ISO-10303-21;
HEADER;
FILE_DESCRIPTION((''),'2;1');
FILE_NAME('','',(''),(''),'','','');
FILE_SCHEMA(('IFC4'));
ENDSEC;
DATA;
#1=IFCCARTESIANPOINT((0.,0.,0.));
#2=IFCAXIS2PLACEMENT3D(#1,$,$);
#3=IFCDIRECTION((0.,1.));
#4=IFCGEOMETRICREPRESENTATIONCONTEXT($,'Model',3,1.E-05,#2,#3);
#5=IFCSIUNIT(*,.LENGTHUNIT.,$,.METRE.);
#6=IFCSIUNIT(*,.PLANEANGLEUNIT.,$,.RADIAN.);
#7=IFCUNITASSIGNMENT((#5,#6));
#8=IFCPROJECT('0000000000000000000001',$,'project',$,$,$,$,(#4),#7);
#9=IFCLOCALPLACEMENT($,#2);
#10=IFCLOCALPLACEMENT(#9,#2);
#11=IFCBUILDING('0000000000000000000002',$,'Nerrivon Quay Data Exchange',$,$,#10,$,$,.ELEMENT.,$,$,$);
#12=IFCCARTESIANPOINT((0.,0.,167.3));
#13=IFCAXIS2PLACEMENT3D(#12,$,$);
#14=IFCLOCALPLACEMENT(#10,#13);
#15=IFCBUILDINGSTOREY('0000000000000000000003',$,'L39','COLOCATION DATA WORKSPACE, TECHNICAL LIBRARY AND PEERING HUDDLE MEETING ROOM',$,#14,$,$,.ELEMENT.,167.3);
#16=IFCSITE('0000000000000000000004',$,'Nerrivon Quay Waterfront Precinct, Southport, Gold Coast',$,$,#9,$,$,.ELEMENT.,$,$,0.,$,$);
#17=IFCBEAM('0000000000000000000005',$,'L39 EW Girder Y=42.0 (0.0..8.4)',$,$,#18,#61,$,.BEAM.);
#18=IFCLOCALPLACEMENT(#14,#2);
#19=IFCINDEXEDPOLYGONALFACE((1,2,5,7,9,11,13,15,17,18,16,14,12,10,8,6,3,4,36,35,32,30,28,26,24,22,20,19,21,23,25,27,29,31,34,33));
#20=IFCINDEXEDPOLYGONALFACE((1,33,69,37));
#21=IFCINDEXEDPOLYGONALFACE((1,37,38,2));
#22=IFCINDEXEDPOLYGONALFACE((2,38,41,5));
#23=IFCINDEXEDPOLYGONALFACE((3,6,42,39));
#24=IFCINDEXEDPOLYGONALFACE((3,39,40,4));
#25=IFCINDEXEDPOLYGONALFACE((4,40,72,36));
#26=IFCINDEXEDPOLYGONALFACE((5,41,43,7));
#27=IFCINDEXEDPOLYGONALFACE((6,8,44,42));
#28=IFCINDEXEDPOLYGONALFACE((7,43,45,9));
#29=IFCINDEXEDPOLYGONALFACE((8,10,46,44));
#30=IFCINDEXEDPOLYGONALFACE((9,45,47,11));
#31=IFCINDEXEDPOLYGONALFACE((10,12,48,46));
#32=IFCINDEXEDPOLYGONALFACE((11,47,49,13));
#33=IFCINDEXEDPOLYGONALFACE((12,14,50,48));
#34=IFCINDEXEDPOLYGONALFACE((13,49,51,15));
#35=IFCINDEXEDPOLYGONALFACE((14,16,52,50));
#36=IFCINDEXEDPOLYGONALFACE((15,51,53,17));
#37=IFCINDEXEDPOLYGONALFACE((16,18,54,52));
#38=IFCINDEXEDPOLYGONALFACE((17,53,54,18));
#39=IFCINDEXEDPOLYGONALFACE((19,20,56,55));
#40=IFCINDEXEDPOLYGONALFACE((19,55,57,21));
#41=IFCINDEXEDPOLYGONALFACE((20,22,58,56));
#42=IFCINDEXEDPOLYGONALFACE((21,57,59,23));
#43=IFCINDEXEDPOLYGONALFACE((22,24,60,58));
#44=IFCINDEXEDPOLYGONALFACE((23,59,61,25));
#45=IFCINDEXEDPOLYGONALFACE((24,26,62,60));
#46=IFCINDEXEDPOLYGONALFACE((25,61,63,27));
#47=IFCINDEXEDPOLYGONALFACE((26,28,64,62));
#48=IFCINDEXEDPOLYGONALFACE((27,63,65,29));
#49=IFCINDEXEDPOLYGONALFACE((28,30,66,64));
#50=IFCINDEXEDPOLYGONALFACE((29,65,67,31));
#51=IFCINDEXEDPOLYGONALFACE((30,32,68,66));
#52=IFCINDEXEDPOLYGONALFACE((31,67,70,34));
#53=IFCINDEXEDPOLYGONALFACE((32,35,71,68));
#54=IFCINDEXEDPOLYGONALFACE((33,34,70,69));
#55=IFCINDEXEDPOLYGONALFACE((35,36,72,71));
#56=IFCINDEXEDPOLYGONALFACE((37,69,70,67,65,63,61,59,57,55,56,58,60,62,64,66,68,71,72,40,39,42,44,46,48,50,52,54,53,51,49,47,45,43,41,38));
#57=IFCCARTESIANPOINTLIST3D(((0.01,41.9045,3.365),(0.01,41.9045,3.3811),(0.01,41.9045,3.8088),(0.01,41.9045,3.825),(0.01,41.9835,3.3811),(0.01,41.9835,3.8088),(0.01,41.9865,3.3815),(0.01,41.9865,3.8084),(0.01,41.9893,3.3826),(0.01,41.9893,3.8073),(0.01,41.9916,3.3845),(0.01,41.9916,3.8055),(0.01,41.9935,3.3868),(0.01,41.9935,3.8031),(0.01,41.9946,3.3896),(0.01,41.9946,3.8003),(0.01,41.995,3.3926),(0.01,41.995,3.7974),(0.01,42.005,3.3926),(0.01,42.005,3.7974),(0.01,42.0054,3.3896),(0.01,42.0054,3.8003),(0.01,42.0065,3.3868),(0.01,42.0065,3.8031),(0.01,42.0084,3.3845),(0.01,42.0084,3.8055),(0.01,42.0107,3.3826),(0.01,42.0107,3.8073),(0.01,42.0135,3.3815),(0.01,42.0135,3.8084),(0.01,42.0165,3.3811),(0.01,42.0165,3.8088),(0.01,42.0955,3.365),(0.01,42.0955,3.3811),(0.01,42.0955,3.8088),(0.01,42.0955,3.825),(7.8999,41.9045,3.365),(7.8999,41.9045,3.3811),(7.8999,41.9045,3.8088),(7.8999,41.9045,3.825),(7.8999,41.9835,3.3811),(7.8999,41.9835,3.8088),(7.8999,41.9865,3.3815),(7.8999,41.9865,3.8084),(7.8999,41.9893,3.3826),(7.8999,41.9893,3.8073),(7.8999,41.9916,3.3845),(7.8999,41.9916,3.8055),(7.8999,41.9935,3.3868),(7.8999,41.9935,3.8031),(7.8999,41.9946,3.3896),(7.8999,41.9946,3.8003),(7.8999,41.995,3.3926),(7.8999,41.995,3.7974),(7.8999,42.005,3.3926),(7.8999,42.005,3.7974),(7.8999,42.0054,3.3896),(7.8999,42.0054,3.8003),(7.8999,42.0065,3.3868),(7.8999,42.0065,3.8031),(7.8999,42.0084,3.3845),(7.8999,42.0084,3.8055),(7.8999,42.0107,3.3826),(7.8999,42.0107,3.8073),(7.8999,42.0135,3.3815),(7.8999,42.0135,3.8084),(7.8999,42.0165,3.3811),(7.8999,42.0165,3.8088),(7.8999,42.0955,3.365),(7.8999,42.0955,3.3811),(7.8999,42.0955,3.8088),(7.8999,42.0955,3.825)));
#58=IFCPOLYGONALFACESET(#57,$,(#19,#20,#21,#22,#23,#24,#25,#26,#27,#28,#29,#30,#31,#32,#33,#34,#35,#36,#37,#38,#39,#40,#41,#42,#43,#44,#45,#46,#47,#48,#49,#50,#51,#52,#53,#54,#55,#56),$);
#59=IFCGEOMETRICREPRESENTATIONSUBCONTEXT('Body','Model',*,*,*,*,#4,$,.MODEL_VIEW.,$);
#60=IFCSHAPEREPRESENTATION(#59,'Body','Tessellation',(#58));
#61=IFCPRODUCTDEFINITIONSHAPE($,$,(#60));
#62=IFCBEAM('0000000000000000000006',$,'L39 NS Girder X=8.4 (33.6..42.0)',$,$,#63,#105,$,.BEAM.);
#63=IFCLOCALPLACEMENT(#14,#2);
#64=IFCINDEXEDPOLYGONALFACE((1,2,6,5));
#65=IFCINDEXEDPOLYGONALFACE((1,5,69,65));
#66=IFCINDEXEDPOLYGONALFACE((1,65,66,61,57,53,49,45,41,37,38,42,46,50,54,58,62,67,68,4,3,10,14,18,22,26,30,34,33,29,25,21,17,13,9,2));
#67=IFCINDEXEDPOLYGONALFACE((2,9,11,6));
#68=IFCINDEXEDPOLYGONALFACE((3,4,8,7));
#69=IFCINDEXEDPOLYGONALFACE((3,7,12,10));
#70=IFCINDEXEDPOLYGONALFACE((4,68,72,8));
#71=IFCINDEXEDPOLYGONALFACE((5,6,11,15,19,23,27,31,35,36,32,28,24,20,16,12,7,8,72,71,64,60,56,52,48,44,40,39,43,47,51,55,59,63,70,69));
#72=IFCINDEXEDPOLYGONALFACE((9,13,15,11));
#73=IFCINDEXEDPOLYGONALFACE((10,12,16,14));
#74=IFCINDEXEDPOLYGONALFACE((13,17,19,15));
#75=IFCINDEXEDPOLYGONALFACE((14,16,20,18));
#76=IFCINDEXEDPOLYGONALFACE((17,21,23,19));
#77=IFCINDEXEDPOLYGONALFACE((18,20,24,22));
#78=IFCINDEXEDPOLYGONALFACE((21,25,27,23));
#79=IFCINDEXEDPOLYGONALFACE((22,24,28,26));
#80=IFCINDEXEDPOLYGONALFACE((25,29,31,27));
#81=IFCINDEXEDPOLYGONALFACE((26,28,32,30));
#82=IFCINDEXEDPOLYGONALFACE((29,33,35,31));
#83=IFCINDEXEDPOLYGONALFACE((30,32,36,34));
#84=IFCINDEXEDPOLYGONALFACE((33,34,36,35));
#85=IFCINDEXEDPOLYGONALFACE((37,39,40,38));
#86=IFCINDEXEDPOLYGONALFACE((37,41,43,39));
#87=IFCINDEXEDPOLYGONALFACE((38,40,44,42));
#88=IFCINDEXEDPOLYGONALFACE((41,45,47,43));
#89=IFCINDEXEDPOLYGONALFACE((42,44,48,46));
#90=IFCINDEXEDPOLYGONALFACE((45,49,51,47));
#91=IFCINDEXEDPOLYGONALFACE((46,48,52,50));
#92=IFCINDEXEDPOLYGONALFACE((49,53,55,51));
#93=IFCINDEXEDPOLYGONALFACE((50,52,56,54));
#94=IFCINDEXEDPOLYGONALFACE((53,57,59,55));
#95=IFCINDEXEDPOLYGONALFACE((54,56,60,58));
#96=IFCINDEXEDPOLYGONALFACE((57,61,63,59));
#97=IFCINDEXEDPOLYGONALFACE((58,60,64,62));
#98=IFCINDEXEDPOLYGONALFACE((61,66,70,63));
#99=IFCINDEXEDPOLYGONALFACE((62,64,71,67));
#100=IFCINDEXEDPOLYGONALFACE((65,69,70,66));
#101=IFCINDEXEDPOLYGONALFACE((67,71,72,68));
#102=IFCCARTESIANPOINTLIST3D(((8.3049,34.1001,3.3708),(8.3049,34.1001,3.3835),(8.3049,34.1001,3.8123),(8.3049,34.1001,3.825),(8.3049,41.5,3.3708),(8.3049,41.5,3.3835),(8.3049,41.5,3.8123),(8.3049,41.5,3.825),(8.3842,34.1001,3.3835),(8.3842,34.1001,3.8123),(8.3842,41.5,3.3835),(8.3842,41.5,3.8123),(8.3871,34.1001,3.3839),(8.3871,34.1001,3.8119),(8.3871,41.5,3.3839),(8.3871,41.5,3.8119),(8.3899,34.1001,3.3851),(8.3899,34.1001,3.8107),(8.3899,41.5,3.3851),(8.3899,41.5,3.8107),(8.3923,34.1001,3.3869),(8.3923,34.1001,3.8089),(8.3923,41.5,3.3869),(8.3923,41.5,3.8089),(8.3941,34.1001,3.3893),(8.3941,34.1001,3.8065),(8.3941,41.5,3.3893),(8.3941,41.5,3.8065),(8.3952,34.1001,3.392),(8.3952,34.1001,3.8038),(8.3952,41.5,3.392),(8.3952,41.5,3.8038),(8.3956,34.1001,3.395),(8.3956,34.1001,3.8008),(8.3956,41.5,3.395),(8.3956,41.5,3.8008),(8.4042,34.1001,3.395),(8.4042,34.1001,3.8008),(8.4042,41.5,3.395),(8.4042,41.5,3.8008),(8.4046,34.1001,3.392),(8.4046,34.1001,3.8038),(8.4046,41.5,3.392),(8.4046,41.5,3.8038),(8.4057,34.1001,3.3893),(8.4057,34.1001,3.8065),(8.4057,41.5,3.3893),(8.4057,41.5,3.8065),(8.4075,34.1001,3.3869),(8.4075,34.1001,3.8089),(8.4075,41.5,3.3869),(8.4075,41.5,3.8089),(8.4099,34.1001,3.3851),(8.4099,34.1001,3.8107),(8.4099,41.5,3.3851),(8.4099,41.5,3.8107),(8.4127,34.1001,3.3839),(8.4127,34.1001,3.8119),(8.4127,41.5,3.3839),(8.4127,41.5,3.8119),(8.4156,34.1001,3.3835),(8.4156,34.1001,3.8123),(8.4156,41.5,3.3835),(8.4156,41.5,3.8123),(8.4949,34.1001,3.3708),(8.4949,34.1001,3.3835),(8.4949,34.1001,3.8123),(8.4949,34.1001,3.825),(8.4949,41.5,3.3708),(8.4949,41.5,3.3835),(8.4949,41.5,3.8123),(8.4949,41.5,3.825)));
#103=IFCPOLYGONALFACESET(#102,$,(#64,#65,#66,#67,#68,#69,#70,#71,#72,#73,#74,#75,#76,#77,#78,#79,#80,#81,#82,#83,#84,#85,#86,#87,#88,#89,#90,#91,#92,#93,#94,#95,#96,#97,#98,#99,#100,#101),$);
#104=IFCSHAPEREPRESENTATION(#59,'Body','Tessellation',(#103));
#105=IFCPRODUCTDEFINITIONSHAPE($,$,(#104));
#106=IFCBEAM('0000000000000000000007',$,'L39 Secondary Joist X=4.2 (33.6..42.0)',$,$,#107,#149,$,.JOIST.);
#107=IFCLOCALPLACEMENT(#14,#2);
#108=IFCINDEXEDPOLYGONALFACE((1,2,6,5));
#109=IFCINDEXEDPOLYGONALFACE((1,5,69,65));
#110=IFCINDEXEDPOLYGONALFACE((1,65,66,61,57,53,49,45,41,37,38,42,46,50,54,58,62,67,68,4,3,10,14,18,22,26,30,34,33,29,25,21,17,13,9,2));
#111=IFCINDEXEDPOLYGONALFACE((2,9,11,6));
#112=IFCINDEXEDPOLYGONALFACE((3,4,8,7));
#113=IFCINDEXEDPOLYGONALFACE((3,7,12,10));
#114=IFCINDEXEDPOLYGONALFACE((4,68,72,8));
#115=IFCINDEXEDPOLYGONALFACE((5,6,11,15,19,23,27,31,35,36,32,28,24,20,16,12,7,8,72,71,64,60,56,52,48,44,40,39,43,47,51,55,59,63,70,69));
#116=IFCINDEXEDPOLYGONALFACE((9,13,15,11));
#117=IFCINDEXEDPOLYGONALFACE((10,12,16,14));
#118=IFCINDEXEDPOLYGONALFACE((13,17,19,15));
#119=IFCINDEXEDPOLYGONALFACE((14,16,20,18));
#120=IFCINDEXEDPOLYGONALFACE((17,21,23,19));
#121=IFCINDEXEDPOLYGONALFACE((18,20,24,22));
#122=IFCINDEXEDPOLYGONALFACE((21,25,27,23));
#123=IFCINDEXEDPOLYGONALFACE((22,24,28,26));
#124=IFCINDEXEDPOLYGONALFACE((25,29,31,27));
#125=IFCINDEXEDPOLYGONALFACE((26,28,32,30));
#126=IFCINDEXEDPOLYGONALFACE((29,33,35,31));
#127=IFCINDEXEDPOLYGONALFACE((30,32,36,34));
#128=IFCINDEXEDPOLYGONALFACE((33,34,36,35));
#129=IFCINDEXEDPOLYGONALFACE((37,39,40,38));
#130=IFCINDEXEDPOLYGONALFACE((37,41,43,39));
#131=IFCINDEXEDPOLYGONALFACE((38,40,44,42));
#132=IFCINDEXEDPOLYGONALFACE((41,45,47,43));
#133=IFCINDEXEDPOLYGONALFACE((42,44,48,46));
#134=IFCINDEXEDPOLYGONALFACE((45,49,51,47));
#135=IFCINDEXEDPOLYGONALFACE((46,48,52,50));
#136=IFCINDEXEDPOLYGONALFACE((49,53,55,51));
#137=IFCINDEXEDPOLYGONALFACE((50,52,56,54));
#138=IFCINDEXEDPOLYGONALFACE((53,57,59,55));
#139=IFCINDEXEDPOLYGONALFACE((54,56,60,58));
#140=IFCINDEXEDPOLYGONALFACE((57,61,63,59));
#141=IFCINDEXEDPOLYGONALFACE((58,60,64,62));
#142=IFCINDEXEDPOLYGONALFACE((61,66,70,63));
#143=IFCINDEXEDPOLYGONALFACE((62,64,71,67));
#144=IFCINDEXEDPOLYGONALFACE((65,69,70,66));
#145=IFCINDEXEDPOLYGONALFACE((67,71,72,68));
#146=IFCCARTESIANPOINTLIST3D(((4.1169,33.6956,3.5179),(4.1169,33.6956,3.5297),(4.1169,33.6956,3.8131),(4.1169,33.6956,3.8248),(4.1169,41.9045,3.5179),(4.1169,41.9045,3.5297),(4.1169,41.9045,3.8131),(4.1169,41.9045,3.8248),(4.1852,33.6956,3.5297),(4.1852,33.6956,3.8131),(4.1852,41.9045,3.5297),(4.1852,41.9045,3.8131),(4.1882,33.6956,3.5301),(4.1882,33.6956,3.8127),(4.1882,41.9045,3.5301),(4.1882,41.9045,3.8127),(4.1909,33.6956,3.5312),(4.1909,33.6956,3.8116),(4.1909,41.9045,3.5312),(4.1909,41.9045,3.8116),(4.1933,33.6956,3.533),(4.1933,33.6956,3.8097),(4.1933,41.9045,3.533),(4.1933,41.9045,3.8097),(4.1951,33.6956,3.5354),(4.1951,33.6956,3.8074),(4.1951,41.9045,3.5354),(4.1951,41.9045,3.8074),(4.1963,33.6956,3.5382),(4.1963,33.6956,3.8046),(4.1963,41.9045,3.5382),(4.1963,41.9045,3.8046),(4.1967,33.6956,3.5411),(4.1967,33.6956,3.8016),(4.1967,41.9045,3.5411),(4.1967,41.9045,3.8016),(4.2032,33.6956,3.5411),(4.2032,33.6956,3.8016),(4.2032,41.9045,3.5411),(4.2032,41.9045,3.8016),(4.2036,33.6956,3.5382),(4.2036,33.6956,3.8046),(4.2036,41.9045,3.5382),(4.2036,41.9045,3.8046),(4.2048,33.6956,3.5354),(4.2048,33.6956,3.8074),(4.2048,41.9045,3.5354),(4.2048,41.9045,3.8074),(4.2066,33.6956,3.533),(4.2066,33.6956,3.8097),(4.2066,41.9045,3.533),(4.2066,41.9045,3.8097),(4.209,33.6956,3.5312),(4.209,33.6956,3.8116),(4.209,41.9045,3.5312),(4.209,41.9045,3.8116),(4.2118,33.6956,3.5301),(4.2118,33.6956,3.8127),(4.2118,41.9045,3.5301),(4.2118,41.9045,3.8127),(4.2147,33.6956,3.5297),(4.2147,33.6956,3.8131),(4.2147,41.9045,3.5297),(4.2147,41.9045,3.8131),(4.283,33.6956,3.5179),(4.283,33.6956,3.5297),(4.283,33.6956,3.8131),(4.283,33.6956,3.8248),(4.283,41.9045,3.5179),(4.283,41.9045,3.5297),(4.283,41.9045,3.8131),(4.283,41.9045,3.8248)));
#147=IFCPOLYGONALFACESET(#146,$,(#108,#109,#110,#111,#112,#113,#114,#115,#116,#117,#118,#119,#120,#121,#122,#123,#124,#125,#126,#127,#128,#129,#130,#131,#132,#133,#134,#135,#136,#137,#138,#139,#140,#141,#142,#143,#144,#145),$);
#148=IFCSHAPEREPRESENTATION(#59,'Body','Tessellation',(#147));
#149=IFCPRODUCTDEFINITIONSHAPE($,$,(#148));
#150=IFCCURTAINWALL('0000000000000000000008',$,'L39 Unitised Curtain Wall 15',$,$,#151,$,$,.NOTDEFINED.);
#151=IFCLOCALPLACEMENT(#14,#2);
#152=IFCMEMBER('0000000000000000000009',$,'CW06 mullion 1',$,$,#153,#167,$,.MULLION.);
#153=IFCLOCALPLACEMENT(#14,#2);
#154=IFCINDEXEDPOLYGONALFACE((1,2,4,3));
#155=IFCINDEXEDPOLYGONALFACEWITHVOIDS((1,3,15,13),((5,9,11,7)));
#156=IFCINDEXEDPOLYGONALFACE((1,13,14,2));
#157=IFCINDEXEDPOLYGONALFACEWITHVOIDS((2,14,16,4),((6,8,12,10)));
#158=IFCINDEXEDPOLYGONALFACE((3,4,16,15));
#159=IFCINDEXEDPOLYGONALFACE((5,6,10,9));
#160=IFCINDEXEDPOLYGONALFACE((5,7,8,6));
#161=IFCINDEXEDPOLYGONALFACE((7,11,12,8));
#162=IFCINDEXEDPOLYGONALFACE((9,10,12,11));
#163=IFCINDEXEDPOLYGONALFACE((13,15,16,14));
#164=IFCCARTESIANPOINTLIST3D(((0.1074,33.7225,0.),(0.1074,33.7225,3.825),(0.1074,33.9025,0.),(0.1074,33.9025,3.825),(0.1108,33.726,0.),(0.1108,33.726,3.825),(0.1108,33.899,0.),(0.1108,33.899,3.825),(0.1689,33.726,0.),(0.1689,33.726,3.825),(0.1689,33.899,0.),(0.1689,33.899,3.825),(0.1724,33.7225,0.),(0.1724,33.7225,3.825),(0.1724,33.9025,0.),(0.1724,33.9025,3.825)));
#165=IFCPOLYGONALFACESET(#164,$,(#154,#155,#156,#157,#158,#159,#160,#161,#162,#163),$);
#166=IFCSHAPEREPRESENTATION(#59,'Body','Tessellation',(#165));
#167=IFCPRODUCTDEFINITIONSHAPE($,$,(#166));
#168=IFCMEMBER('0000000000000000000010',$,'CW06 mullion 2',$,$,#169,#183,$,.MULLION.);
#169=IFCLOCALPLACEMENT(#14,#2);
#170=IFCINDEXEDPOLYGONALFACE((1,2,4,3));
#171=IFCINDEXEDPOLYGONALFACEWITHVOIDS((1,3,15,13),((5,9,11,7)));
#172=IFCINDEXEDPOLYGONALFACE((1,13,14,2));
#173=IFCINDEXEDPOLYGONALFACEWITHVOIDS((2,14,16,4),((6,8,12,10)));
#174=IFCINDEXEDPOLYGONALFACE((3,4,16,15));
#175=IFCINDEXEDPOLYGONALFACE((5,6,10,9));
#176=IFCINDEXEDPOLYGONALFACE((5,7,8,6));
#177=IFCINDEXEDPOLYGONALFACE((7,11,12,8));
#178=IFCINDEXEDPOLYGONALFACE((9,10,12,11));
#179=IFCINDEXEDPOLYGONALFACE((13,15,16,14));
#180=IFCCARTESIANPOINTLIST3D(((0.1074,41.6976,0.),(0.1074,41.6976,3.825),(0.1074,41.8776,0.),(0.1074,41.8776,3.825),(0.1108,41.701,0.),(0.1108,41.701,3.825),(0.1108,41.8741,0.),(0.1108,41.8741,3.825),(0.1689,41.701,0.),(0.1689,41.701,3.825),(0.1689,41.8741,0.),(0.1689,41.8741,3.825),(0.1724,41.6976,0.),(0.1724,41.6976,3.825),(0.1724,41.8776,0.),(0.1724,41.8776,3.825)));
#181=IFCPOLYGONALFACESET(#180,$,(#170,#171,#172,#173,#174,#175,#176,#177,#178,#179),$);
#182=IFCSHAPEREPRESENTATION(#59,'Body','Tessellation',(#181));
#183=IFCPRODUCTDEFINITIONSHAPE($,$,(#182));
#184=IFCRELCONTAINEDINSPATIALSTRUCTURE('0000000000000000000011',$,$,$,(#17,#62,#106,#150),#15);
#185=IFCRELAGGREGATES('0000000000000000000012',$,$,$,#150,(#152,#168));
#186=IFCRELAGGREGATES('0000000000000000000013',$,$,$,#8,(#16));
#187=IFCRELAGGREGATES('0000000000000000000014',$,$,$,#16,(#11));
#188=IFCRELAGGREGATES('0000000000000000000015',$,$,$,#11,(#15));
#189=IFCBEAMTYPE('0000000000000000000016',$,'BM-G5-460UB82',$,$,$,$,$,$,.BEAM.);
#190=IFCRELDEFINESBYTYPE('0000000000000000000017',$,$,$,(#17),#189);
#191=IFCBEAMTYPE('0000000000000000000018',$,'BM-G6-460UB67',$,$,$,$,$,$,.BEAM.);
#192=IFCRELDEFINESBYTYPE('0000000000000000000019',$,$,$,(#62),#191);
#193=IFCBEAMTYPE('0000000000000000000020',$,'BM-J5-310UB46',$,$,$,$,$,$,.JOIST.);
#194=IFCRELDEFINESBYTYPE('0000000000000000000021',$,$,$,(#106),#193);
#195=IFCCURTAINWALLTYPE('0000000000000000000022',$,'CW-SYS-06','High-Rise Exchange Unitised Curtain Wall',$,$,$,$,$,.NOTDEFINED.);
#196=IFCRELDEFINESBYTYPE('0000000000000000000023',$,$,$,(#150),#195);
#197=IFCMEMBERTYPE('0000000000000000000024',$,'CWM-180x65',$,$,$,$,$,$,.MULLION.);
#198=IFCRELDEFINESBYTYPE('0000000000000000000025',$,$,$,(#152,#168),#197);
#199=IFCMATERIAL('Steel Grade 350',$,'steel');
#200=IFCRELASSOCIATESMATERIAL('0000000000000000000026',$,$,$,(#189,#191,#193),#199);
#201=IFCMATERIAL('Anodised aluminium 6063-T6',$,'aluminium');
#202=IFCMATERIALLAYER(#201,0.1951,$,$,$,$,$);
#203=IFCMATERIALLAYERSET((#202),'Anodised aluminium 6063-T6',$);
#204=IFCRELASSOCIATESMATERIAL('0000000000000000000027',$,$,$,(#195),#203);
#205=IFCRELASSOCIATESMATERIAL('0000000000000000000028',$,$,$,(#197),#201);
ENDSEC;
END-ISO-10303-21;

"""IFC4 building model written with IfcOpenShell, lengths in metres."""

from ifc_helpers import new_model, si_unit, direction, frame, origin, origin_2d, place, context, subcontext, project, spatial, hollow_rectangle, i_section, extrude, material, layer, layer_set, material_profile, profile_set, type_object, element, aggregate, save


model = new_model("IFC4")

# Units and contexts
model_context = context("Model", 3, precision=1e-05, world=origin(), true_north=direction((0.0, 1.0)))
body_context = subcontext(model_context, "Body", "Model", "MODEL_VIEW")
ifc_project = project(units=[si_unit("LENGTHUNIT", "METRE"), si_unit("PLANEANGLEUNIT", "RADIAN")], contexts=[model_context])

# Site, building, storey
site_placement = place(None, origin())
site = spatial("IfcSite", under=ifc_project, at=site_placement, Name="Nerrivon Quay Waterfront Precinct, Southport, Gold Coast", CompositionType="ELEMENT", RefElevation=0.0)
building_placement = place(site_placement, origin())
building = spatial("IfcBuilding", under=site, at=building_placement, Name="Nerrivon Quay Data Exchange", CompositionType="ELEMENT")
storey_placement = place(building_placement, frame((0.0, 0.0, 167.3)))
storey = spatial("IfcBuildingStorey", under=building, at=storey_placement, Name="L39", Description="COLOCATION DATA WORKSPACE, TECHNICAL LIBRARY AND PEERING HUDDLE MEETING ROOM", CompositionType="ELEMENT", Elevation=167.3)

# Shared definitions
ifc_material_1 = material(Name="Steel Grade 350", Category="steel")

# Beams
ifc_material_profile_1 = material_profile(ifc_material_1, i_section(OverallWidth=0.1909, OverallDepth=0.46, WebThickness=0.01, FlangeThickness=0.0161, FilletRadius=0.0115, at=origin_2d()), Name="460UB82.1")
ifc_profile_set_1 = profile_set([ifc_material_profile_1], Name="Steel Grade 350")
beam_type_1 = type_object("IfcBeamType", Name="BM-G5-460UB82", PredefinedType="BEAM", material=ifc_profile_set_1)
for number, where, z_axis, x_axis, name in (
    (1, (0.01, 42.0, 3.595), (1.0, 0.0, 0.0), (0.0, 1.0, 0.0), "L39 EW Girder Y=42.0 (0.0..8.4)"),
):
    element("IfcBeam", number, at=place(storey_placement, frame(where, z_axis=z_axis, x_axis=x_axis)), inside=storey, type_object=beam_type_1, Name=name, PredefinedType="BEAM", context=body_context, shape_type="SweptSolid", body=[
        extrude(i_section(OverallWidth=0.1909, OverallDepth=0.46, WebThickness=0.01, FlangeThickness=0.0161, FilletRadius=0.0115, at=origin_2d()), origin(), (0.0, 0.0, 1.0), 7.8899),
    ])
ifc_material_profile_2 = material_profile(ifc_material_1, i_section(OverallWidth=0.1899, OverallDepth=0.4541, WebThickness=0.0085, FlangeThickness=0.0127, FilletRadius=0.0115, at=origin_2d()), Name="460UB67.1")
ifc_profile_set_2 = profile_set([ifc_material_profile_2], Name="Steel Grade 350")
beam_type_2 = type_object("IfcBeamType", Name="BM-G6-460UB67", PredefinedType="BEAM", material=ifc_profile_set_2)
beam_1_placement = place(storey_placement, frame((8.3999, 34.1001, 3.5979), z_axis=(0.0, 1.0, 0.0), x_axis=(-1.0, 0.0, 0.0)))
element("IfcBeam", 2, at=beam_1_placement, inside=storey, type_object=beam_type_2, Name="L39 NS Girder X=8.4 (33.6..42.0)", PredefinedType="BEAM", context=body_context, shape_type="SweptSolid", body=[
    extrude(i_section(OverallWidth=0.1899, OverallDepth=0.4541, WebThickness=0.0085, FlangeThickness=0.0127, FilletRadius=0.0115, at=origin_2d()), origin(), (0.0, 0.0, 1.0), 7.3999),
])
ifc_material_profile_3 = material_profile(ifc_material_1, i_section(OverallWidth=0.166, OverallDepth=0.3069, WebThickness=0.0066, FlangeThickness=0.0117, FilletRadius=0.0115, at=origin_2d()), Name="310UB46.2")
ifc_profile_set_3 = profile_set([ifc_material_profile_3], Name="Steel Grade 350")
beam_type_3 = type_object("IfcBeamType", Name="BM-J5-310UB46", PredefinedType="JOIST", material=ifc_profile_set_3)
beam_2_placement = place(storey_placement, frame((4.2, 33.6956, 3.6714), z_axis=(0.0, 1.0, 0.0), x_axis=(-1.0, 0.0, 0.0)))
element("IfcBeam", 3, at=beam_2_placement, inside=storey, type_object=beam_type_3, Name="L39 Secondary Joist X=4.2 (33.6..42.0)", PredefinedType="JOIST", context=body_context, shape_type="SweptSolid", body=[
    extrude(i_section(OverallWidth=0.166, OverallDepth=0.3069, WebThickness=0.0066, FlangeThickness=0.0117, FilletRadius=0.0115, at=origin_2d()), origin(), (0.0, 0.0, 1.0), 8.209),
])

# Curtain wall, members
ifc_material_2 = material(Name="Anodised aluminium 6063-T6", Category="aluminium")
ifc_layer_1 = layer(ifc_material_2, 0.1951)
ifc_layer_set_1 = layer_set([ifc_layer_1], Name="Anodised aluminium 6063-T6")
curtain_wall_type = type_object("IfcCurtainWallType", Name="CW-SYS-06", Description="High-Rise Exchange Unitised Curtain Wall", PredefinedType="NOTDEFINED", material=ifc_layer_set_1)
curtain_wall_placement = place(storey_placement, origin())
curtain_wall = element("IfcCurtainWall", 4, at=curtain_wall_placement, inside=storey, type_object=curtain_wall_type, Name="L39 Unitised Curtain Wall 15", PredefinedType="NOTDEFINED")
ifc_material_profile_4 = material_profile(ifc_material_2, hollow_rectangle(XDim=0.0649, YDim=0.1799, WallThickness=0.0034, at=origin_2d()), Name="ALU-MULL-180x65")
ifc_profile_set_4 = profile_set([ifc_material_profile_4], Name="Anodised aluminium 6063-T6")
member_type_1 = type_object("IfcMemberType", Name="CWM-180x65", PredefinedType="MULLION", material=ifc_profile_set_4)
member_1_placement = place(storey_placement, frame((0.1399, 33.8125, 0.0), z_axis=(0.0, 0.0, 1.0), x_axis=(-1.0, 0.0, 0.0)))
member_1 = element("IfcMember", 5, at=member_1_placement, type_object=member_type_1, Name="CW06 mullion 1", PredefinedType="MULLION", context=body_context, shape_type="SweptSolid", body=[
    extrude(hollow_rectangle(XDim=0.0649, YDim=0.1799, WallThickness=0.0034, at=origin_2d()), origin(), (0.0, 0.0, 1.0), 3.825),
])
member_2_placement = place(storey_placement, frame((0.1399, 41.7876, 0.0), z_axis=(0.0, 0.0, 1.0), x_axis=(-1.0, 0.0, 0.0)))
member_2 = element("IfcMember", 6, at=member_2_placement, type_object=member_type_1, Name="CW06 mullion 2", PredefinedType="MULLION", context=body_context, shape_type="SweptSolid", body=[
    extrude(hollow_rectangle(XDim=0.0649, YDim=0.1799, WallThickness=0.0034, at=origin_2d()), origin(), (0.0, 0.0, 1.0), 3.825),
])
aggregate(curtain_wall, [member_1, member_2])

save(model, "model.ifc")
